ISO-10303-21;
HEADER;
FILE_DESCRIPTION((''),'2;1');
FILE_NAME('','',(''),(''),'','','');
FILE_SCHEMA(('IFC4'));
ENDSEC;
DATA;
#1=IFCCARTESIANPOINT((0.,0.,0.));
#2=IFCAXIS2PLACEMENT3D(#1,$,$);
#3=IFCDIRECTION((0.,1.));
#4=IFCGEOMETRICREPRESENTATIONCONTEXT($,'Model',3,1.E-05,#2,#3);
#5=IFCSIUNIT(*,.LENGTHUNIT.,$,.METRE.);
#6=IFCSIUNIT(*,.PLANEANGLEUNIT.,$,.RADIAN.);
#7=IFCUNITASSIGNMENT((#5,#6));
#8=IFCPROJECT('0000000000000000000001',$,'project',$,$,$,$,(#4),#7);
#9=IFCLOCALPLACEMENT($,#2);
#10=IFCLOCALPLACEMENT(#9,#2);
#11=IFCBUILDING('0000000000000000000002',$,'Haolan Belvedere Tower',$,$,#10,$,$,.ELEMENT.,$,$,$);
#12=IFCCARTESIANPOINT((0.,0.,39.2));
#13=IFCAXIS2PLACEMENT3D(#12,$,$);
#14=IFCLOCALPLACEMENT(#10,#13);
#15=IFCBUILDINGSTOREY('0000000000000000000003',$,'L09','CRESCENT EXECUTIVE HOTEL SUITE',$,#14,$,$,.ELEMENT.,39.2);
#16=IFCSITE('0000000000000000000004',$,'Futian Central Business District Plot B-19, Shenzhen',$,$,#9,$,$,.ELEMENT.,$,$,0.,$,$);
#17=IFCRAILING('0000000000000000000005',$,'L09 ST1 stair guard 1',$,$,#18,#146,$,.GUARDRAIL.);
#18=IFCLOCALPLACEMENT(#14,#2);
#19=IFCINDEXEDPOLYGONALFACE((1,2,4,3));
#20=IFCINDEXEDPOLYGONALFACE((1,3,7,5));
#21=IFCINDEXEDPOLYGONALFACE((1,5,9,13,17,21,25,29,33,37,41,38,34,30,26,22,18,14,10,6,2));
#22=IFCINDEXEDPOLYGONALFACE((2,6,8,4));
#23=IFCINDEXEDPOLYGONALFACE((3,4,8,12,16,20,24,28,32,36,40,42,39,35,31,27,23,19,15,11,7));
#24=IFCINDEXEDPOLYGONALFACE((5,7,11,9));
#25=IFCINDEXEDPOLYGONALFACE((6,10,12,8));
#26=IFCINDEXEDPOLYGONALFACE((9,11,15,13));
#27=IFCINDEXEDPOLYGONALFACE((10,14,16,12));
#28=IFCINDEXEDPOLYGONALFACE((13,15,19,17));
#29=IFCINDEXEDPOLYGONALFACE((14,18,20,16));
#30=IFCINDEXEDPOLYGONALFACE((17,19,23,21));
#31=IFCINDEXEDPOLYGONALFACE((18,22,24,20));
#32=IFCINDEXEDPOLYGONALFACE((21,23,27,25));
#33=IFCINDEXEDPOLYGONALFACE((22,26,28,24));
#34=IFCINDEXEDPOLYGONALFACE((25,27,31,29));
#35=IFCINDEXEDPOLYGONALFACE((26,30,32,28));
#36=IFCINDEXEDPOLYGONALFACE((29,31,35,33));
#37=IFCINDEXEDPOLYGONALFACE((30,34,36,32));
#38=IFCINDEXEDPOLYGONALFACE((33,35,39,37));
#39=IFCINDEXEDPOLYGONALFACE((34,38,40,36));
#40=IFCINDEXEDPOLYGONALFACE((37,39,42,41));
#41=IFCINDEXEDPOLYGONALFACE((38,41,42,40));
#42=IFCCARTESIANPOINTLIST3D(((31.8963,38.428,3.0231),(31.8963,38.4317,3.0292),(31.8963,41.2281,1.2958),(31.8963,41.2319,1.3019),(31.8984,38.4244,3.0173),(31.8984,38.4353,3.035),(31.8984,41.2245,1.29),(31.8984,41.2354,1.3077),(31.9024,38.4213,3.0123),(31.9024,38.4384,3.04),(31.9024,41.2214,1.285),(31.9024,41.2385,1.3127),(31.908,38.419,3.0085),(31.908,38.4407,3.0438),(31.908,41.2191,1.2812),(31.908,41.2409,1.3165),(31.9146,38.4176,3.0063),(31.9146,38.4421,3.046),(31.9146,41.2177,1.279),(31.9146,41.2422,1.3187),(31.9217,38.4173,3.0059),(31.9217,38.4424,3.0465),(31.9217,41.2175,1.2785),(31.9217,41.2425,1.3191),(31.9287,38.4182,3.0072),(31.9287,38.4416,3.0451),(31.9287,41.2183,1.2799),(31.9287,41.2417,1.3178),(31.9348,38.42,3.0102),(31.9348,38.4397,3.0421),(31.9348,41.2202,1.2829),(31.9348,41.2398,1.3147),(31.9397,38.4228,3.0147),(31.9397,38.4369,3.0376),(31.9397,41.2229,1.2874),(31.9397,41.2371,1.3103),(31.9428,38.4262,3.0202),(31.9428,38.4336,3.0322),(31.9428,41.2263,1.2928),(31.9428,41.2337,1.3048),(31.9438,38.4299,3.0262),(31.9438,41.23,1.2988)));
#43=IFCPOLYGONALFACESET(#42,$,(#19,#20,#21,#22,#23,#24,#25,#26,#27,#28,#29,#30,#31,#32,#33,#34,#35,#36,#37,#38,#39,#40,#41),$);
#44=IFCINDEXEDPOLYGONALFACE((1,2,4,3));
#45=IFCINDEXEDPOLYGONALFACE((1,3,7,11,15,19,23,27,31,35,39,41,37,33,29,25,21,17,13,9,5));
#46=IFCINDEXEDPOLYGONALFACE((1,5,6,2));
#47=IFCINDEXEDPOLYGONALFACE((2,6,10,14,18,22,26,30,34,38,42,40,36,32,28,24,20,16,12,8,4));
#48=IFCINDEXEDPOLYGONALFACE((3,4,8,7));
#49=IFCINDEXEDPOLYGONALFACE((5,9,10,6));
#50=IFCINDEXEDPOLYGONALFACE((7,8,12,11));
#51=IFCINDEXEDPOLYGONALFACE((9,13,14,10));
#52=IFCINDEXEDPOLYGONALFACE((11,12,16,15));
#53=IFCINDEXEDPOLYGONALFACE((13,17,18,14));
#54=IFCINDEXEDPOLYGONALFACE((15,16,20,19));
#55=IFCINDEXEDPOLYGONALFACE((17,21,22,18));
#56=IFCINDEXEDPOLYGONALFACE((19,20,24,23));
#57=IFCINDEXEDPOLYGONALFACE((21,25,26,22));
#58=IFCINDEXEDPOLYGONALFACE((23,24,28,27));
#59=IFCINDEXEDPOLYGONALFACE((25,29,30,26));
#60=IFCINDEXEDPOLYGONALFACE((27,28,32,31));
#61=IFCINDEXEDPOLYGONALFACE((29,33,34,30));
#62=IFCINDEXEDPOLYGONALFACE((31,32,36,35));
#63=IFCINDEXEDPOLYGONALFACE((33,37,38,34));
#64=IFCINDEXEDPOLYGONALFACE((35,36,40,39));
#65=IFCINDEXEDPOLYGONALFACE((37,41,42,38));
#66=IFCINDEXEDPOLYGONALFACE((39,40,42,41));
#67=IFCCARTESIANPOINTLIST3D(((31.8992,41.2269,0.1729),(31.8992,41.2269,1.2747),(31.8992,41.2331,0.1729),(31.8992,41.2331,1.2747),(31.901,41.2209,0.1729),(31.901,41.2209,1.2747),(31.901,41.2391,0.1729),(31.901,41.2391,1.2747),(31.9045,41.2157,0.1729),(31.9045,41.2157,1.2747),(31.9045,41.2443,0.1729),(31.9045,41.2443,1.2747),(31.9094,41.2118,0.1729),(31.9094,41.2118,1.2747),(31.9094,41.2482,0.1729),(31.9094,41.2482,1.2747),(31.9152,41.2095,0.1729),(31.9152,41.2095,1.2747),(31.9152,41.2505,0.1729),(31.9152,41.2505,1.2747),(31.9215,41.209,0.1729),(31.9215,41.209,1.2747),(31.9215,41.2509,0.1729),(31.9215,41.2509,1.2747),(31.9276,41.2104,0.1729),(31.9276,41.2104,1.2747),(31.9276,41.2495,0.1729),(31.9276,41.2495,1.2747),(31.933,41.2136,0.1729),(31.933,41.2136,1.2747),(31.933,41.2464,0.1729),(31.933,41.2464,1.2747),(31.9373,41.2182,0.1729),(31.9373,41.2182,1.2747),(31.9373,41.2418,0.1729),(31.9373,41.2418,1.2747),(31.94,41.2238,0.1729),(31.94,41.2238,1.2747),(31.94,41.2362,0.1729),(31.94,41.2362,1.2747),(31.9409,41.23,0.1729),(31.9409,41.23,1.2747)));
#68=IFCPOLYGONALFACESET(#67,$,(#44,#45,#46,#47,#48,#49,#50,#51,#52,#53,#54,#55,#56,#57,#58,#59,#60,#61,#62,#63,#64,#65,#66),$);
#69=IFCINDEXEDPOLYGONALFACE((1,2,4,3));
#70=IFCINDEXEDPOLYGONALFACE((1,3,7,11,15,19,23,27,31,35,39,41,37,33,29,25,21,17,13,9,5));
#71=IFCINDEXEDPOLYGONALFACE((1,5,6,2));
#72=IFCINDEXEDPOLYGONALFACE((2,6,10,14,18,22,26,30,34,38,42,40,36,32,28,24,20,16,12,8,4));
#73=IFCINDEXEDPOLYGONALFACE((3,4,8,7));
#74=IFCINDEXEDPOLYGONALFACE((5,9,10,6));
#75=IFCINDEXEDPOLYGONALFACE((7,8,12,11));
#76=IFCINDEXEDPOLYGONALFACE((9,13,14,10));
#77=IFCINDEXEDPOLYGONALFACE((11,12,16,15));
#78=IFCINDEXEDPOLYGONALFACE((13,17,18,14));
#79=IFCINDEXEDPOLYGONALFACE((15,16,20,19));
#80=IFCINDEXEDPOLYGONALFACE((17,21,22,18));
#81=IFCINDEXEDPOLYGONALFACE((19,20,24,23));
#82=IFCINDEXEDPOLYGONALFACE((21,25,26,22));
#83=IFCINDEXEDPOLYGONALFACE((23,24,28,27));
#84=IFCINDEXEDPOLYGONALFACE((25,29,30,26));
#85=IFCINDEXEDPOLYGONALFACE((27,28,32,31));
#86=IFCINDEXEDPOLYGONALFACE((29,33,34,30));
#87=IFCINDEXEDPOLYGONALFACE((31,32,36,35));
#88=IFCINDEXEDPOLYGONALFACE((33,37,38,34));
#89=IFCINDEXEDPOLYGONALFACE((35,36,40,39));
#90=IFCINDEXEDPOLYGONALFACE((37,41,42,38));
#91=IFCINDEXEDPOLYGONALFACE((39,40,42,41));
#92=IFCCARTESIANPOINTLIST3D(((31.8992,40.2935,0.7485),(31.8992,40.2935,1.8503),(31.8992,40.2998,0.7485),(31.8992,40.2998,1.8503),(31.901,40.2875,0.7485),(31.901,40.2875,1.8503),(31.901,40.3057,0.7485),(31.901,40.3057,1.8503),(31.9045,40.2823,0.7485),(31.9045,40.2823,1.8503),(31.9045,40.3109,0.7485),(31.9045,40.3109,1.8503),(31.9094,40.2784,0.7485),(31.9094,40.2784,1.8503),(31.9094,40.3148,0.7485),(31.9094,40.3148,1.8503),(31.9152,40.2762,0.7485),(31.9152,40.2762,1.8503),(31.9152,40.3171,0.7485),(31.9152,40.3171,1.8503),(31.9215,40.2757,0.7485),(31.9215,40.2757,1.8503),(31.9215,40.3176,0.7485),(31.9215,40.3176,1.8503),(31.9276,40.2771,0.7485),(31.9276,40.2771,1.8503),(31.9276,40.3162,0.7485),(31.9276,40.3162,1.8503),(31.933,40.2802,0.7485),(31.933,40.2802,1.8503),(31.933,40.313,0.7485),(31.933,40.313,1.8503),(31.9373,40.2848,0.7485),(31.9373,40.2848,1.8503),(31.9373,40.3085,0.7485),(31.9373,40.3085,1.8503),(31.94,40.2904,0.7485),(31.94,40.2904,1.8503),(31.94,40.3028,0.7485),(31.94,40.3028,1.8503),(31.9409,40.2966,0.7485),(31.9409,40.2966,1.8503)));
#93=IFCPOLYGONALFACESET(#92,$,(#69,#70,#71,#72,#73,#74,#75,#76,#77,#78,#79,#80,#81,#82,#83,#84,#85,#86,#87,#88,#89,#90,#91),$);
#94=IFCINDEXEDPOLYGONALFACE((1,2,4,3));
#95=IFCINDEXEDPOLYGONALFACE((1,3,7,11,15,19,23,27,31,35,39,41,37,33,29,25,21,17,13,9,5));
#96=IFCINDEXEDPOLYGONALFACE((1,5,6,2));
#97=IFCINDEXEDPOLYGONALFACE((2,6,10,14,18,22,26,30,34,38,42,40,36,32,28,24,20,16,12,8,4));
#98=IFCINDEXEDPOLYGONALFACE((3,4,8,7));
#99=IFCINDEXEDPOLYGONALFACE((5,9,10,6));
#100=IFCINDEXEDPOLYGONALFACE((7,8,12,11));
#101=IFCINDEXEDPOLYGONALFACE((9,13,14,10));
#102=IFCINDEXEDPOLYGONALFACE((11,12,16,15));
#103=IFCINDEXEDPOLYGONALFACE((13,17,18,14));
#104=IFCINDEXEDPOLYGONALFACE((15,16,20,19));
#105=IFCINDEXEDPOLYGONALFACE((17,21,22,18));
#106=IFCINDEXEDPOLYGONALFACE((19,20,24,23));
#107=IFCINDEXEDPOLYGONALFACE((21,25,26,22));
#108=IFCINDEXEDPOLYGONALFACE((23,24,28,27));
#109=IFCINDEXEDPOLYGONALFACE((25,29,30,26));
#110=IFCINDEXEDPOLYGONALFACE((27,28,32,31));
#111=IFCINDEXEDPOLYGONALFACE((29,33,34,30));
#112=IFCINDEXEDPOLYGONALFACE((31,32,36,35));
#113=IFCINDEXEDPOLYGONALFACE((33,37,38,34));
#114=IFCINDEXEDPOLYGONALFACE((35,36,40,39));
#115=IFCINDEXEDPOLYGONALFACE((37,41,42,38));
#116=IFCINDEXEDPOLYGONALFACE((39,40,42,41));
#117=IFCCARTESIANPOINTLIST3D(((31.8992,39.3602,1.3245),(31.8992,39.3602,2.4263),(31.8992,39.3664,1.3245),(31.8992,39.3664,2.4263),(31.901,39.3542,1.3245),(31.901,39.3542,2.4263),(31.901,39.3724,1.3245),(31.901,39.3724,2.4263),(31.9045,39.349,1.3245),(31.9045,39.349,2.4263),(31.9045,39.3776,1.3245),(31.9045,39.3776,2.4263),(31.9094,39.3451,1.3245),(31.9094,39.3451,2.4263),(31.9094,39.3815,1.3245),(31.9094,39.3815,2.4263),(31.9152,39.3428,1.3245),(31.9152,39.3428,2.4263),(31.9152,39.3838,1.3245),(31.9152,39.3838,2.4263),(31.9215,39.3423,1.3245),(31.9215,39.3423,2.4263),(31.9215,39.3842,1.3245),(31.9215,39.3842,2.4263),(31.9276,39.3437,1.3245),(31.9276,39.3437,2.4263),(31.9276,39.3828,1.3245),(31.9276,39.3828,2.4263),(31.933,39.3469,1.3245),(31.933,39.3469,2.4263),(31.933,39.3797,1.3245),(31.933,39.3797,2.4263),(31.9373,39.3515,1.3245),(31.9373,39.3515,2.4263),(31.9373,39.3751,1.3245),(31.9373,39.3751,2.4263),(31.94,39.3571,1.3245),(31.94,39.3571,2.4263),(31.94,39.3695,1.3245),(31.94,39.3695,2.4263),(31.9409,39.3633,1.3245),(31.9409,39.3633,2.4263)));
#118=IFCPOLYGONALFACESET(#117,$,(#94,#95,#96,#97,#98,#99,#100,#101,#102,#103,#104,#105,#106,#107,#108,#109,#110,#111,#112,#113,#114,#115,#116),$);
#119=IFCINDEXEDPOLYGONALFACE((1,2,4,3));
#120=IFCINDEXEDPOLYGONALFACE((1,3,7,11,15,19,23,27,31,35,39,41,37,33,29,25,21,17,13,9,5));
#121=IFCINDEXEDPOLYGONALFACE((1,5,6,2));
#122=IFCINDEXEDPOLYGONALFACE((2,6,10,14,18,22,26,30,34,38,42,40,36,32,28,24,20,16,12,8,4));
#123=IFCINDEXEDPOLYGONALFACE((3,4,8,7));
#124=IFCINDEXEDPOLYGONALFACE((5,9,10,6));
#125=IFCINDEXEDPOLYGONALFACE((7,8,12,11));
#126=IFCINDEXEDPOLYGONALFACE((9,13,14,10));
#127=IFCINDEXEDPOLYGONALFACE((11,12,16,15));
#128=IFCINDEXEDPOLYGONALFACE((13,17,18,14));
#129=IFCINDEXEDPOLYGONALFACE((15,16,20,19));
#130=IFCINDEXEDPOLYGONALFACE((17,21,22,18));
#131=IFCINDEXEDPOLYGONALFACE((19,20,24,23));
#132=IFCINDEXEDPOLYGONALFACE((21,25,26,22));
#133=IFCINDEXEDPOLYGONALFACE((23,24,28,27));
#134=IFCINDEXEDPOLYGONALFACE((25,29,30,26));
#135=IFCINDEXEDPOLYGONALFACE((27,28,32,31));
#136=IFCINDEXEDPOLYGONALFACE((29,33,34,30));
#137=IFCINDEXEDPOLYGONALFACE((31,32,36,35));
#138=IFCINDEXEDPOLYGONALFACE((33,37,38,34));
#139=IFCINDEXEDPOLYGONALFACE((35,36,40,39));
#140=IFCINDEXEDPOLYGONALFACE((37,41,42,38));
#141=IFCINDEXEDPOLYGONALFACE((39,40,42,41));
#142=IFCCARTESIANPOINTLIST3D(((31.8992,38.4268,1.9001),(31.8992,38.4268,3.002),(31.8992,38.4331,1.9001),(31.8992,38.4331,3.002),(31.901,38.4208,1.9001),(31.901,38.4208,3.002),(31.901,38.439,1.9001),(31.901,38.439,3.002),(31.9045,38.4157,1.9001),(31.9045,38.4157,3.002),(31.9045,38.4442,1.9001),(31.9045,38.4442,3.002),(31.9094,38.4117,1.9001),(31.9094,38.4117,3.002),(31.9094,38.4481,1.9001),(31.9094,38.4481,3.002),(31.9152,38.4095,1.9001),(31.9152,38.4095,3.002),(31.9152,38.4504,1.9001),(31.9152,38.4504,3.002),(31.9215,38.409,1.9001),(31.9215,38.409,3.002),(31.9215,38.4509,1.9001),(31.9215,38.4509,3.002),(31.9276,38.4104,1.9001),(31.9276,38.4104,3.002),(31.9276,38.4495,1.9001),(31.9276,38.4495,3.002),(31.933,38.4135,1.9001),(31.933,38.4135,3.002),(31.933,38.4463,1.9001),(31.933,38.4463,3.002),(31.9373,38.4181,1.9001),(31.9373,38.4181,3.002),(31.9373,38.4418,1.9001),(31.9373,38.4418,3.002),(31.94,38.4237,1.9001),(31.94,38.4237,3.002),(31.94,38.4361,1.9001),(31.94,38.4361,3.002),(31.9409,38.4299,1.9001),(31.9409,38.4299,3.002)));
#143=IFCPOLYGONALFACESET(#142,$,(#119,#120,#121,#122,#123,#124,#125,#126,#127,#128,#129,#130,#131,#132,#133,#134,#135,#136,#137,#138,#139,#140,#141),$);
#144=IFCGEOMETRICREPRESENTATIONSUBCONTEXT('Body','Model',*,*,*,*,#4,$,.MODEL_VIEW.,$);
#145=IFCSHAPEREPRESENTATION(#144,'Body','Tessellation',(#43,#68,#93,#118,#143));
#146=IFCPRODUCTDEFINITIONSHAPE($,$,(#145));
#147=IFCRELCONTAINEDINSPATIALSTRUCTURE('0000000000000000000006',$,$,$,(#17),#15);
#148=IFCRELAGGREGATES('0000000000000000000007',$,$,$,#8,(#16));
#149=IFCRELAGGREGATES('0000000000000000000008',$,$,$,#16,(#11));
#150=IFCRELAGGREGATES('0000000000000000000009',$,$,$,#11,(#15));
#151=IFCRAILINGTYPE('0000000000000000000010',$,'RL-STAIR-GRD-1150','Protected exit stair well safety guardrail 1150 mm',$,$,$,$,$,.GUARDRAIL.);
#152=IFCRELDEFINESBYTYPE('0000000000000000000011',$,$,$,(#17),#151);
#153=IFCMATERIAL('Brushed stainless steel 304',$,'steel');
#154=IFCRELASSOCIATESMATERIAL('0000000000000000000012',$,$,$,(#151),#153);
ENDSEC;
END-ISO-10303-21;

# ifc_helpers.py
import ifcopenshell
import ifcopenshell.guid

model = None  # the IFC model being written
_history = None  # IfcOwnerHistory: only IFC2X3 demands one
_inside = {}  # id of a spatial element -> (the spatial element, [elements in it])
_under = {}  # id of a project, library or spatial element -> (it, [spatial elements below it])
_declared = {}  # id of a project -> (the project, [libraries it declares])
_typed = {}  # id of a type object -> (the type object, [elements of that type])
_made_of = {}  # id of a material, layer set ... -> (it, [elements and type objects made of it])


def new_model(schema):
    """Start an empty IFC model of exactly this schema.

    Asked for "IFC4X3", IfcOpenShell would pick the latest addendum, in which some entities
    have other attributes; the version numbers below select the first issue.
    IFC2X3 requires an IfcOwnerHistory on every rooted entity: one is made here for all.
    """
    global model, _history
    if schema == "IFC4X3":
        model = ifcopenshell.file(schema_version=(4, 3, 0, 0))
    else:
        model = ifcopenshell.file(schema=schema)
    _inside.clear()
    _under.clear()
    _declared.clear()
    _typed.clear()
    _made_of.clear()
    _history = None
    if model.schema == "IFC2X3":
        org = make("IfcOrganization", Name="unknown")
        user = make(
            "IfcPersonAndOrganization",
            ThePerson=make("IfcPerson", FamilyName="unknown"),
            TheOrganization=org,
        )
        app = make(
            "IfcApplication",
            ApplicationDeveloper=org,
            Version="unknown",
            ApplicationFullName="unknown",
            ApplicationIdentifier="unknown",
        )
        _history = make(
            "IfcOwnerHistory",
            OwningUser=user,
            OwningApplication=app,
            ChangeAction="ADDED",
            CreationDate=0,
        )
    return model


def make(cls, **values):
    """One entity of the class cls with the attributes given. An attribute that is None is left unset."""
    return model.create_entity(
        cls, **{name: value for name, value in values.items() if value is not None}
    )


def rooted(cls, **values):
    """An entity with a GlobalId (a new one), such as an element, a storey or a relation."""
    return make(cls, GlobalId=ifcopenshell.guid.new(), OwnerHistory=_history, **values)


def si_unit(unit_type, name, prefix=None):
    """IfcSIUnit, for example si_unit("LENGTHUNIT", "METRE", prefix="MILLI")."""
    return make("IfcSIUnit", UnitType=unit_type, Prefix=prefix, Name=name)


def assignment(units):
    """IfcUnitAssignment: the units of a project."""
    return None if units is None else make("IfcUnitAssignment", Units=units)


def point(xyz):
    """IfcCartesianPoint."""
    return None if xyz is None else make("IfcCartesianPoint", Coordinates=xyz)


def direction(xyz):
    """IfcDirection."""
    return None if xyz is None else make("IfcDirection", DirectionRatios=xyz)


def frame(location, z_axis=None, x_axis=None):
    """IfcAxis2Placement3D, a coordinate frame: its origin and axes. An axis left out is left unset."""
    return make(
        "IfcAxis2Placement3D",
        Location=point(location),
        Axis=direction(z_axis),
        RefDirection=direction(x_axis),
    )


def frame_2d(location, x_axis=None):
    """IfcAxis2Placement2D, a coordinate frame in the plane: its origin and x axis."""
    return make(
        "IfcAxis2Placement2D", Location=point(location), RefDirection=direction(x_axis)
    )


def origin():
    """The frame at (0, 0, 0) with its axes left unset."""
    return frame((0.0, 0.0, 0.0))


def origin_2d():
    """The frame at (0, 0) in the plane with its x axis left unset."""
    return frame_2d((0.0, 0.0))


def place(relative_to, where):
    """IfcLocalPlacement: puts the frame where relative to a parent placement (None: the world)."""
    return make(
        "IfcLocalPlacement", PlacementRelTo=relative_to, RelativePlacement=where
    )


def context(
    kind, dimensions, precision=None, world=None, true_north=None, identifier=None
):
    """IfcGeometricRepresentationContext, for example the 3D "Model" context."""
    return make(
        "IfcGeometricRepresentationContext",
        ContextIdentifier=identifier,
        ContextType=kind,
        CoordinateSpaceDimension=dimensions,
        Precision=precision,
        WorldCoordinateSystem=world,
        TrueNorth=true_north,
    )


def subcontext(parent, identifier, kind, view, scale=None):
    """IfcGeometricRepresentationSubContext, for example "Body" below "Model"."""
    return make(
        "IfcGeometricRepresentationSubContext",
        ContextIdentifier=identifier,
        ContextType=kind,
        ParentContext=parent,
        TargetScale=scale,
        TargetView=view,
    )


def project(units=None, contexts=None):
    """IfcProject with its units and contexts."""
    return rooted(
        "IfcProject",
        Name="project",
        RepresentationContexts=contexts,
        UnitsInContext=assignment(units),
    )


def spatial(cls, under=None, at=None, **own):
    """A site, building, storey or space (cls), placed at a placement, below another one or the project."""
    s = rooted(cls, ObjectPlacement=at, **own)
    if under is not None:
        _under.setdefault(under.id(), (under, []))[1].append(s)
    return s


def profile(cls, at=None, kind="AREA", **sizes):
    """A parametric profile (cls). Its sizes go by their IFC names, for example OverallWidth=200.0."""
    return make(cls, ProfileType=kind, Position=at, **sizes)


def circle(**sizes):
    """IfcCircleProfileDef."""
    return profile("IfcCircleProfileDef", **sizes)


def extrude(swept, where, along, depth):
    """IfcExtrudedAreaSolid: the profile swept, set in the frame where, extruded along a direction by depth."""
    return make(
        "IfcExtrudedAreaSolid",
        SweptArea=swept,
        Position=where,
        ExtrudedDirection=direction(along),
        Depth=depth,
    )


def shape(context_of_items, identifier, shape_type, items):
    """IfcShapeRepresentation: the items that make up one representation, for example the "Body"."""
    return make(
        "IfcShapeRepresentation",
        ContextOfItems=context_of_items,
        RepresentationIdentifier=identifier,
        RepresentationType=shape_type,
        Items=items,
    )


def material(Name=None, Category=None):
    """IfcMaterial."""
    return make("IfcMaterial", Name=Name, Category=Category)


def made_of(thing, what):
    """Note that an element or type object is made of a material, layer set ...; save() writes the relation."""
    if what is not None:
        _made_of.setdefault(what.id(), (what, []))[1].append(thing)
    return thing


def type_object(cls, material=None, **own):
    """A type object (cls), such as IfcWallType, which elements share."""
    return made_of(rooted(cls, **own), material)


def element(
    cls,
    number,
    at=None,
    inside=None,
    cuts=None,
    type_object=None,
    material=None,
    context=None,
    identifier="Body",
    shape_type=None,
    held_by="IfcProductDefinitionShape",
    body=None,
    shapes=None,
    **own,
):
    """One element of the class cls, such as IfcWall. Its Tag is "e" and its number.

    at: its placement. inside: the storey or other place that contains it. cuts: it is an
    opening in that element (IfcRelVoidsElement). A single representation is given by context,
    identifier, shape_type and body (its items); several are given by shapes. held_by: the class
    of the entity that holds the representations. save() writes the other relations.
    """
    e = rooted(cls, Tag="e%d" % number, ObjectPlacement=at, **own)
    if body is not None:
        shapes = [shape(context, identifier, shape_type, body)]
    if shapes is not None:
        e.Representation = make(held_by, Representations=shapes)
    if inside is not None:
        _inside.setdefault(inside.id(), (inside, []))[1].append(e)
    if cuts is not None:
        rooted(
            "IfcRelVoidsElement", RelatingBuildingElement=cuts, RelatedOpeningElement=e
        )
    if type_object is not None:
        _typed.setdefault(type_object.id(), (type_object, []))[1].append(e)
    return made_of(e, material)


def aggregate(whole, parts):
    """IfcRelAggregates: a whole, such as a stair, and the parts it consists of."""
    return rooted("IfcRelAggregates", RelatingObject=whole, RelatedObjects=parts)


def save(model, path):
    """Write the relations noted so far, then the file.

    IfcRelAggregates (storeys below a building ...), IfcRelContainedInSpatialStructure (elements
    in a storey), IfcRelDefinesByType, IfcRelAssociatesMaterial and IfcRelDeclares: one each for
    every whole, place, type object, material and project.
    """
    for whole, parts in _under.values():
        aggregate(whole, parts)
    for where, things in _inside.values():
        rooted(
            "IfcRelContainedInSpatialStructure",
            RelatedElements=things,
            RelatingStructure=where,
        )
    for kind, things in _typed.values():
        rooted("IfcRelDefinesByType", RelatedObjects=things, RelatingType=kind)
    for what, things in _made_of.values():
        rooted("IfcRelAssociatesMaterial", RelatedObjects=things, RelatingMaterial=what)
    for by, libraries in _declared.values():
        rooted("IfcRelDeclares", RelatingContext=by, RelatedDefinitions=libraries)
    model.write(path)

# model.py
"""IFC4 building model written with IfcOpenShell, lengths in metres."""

from ifc_helpers import new_model, si_unit, direction, frame, origin, origin_2d, place, context, subcontext, project, spatial, circle, extrude, material, type_object, element, save


model = new_model("IFC4")

# Units and contexts
model_context = context("Model", 3, precision=1e-05, world=origin(), true_north=direction((0.0, 1.0)))
body_context = subcontext(model_context, "Body", "Model", "MODEL_VIEW")
ifc_project = project(units=[si_unit("LENGTHUNIT", "METRE"), si_unit("PLANEANGLEUNIT", "RADIAN")], contexts=[model_context])

# Site, building, storey
site_placement = place(None, origin())
site = spatial("IfcSite", under=ifc_project, at=site_placement, Name="Futian Central Business District Plot B-19, Shenzhen", CompositionType="ELEMENT", RefElevation=0.0)
building_placement = place(site_placement, origin())
building = spatial("IfcBuilding", under=site, at=building_placement, Name="Haolan Belvedere Tower", CompositionType="ELEMENT")
storey_placement = place(building_placement, frame((0.0, 0.0, 39.2)))
storey = spatial("IfcBuildingStorey", under=building, at=storey_placement, Name="L09", Description="CRESCENT EXECUTIVE HOTEL SUITE", CompositionType="ELEMENT", Elevation=39.2)

# Railing
ifc_material_1 = material(Name="Brushed stainless steel 304", Category="steel")
railing_type_1 = type_object("IfcRailingType", Name="RL-STAIR-GRD-1150", Description="Protected exit stair well safety guardrail 1150 mm", PredefinedType="GUARDRAIL", material=ifc_material_1)
railing_1_placement = place(storey_placement, frame((31.9199, 41.23, 0.1729)))
element("IfcRailing", 1, at=railing_1_placement, inside=storey, type_object=railing_type_1, Name="L09 ST1 stair guard 1", PredefinedType="GUARDRAIL", context=body_context, shape_type="SweptSolid", body=[
    extrude(circle(Radius=0.0239, at=origin_2d()), frame((0.0, 0.0, 1.126), z_axis=(0.0, -0.85109, 0.52502), x_axis=(1.0, 0.0, 0.0)), (0.0, 0.0, 1.0), 3.29),
    extrude(circle(Radius=0.021, at=origin_2d()), origin(), (0.0, 0.0, 1.0), 1.1018),
    extrude(circle(Radius=0.021, at=origin_2d()), frame((0.0, -0.9333, 0.5757)), (0.0, 0.0, 1.0), 1.1018),
    extrude(circle(Radius=0.021, at=origin_2d()), frame((0.0, -1.8667, 1.1516)), (0.0, 0.0, 1.0), 1.1018),
    extrude(circle(Radius=0.021, at=origin_2d()), frame((0.0, -2.8, 1.7273)), (0.0, 0.0, 1.0), 1.1018),
])

save(model, "model.ifc")
